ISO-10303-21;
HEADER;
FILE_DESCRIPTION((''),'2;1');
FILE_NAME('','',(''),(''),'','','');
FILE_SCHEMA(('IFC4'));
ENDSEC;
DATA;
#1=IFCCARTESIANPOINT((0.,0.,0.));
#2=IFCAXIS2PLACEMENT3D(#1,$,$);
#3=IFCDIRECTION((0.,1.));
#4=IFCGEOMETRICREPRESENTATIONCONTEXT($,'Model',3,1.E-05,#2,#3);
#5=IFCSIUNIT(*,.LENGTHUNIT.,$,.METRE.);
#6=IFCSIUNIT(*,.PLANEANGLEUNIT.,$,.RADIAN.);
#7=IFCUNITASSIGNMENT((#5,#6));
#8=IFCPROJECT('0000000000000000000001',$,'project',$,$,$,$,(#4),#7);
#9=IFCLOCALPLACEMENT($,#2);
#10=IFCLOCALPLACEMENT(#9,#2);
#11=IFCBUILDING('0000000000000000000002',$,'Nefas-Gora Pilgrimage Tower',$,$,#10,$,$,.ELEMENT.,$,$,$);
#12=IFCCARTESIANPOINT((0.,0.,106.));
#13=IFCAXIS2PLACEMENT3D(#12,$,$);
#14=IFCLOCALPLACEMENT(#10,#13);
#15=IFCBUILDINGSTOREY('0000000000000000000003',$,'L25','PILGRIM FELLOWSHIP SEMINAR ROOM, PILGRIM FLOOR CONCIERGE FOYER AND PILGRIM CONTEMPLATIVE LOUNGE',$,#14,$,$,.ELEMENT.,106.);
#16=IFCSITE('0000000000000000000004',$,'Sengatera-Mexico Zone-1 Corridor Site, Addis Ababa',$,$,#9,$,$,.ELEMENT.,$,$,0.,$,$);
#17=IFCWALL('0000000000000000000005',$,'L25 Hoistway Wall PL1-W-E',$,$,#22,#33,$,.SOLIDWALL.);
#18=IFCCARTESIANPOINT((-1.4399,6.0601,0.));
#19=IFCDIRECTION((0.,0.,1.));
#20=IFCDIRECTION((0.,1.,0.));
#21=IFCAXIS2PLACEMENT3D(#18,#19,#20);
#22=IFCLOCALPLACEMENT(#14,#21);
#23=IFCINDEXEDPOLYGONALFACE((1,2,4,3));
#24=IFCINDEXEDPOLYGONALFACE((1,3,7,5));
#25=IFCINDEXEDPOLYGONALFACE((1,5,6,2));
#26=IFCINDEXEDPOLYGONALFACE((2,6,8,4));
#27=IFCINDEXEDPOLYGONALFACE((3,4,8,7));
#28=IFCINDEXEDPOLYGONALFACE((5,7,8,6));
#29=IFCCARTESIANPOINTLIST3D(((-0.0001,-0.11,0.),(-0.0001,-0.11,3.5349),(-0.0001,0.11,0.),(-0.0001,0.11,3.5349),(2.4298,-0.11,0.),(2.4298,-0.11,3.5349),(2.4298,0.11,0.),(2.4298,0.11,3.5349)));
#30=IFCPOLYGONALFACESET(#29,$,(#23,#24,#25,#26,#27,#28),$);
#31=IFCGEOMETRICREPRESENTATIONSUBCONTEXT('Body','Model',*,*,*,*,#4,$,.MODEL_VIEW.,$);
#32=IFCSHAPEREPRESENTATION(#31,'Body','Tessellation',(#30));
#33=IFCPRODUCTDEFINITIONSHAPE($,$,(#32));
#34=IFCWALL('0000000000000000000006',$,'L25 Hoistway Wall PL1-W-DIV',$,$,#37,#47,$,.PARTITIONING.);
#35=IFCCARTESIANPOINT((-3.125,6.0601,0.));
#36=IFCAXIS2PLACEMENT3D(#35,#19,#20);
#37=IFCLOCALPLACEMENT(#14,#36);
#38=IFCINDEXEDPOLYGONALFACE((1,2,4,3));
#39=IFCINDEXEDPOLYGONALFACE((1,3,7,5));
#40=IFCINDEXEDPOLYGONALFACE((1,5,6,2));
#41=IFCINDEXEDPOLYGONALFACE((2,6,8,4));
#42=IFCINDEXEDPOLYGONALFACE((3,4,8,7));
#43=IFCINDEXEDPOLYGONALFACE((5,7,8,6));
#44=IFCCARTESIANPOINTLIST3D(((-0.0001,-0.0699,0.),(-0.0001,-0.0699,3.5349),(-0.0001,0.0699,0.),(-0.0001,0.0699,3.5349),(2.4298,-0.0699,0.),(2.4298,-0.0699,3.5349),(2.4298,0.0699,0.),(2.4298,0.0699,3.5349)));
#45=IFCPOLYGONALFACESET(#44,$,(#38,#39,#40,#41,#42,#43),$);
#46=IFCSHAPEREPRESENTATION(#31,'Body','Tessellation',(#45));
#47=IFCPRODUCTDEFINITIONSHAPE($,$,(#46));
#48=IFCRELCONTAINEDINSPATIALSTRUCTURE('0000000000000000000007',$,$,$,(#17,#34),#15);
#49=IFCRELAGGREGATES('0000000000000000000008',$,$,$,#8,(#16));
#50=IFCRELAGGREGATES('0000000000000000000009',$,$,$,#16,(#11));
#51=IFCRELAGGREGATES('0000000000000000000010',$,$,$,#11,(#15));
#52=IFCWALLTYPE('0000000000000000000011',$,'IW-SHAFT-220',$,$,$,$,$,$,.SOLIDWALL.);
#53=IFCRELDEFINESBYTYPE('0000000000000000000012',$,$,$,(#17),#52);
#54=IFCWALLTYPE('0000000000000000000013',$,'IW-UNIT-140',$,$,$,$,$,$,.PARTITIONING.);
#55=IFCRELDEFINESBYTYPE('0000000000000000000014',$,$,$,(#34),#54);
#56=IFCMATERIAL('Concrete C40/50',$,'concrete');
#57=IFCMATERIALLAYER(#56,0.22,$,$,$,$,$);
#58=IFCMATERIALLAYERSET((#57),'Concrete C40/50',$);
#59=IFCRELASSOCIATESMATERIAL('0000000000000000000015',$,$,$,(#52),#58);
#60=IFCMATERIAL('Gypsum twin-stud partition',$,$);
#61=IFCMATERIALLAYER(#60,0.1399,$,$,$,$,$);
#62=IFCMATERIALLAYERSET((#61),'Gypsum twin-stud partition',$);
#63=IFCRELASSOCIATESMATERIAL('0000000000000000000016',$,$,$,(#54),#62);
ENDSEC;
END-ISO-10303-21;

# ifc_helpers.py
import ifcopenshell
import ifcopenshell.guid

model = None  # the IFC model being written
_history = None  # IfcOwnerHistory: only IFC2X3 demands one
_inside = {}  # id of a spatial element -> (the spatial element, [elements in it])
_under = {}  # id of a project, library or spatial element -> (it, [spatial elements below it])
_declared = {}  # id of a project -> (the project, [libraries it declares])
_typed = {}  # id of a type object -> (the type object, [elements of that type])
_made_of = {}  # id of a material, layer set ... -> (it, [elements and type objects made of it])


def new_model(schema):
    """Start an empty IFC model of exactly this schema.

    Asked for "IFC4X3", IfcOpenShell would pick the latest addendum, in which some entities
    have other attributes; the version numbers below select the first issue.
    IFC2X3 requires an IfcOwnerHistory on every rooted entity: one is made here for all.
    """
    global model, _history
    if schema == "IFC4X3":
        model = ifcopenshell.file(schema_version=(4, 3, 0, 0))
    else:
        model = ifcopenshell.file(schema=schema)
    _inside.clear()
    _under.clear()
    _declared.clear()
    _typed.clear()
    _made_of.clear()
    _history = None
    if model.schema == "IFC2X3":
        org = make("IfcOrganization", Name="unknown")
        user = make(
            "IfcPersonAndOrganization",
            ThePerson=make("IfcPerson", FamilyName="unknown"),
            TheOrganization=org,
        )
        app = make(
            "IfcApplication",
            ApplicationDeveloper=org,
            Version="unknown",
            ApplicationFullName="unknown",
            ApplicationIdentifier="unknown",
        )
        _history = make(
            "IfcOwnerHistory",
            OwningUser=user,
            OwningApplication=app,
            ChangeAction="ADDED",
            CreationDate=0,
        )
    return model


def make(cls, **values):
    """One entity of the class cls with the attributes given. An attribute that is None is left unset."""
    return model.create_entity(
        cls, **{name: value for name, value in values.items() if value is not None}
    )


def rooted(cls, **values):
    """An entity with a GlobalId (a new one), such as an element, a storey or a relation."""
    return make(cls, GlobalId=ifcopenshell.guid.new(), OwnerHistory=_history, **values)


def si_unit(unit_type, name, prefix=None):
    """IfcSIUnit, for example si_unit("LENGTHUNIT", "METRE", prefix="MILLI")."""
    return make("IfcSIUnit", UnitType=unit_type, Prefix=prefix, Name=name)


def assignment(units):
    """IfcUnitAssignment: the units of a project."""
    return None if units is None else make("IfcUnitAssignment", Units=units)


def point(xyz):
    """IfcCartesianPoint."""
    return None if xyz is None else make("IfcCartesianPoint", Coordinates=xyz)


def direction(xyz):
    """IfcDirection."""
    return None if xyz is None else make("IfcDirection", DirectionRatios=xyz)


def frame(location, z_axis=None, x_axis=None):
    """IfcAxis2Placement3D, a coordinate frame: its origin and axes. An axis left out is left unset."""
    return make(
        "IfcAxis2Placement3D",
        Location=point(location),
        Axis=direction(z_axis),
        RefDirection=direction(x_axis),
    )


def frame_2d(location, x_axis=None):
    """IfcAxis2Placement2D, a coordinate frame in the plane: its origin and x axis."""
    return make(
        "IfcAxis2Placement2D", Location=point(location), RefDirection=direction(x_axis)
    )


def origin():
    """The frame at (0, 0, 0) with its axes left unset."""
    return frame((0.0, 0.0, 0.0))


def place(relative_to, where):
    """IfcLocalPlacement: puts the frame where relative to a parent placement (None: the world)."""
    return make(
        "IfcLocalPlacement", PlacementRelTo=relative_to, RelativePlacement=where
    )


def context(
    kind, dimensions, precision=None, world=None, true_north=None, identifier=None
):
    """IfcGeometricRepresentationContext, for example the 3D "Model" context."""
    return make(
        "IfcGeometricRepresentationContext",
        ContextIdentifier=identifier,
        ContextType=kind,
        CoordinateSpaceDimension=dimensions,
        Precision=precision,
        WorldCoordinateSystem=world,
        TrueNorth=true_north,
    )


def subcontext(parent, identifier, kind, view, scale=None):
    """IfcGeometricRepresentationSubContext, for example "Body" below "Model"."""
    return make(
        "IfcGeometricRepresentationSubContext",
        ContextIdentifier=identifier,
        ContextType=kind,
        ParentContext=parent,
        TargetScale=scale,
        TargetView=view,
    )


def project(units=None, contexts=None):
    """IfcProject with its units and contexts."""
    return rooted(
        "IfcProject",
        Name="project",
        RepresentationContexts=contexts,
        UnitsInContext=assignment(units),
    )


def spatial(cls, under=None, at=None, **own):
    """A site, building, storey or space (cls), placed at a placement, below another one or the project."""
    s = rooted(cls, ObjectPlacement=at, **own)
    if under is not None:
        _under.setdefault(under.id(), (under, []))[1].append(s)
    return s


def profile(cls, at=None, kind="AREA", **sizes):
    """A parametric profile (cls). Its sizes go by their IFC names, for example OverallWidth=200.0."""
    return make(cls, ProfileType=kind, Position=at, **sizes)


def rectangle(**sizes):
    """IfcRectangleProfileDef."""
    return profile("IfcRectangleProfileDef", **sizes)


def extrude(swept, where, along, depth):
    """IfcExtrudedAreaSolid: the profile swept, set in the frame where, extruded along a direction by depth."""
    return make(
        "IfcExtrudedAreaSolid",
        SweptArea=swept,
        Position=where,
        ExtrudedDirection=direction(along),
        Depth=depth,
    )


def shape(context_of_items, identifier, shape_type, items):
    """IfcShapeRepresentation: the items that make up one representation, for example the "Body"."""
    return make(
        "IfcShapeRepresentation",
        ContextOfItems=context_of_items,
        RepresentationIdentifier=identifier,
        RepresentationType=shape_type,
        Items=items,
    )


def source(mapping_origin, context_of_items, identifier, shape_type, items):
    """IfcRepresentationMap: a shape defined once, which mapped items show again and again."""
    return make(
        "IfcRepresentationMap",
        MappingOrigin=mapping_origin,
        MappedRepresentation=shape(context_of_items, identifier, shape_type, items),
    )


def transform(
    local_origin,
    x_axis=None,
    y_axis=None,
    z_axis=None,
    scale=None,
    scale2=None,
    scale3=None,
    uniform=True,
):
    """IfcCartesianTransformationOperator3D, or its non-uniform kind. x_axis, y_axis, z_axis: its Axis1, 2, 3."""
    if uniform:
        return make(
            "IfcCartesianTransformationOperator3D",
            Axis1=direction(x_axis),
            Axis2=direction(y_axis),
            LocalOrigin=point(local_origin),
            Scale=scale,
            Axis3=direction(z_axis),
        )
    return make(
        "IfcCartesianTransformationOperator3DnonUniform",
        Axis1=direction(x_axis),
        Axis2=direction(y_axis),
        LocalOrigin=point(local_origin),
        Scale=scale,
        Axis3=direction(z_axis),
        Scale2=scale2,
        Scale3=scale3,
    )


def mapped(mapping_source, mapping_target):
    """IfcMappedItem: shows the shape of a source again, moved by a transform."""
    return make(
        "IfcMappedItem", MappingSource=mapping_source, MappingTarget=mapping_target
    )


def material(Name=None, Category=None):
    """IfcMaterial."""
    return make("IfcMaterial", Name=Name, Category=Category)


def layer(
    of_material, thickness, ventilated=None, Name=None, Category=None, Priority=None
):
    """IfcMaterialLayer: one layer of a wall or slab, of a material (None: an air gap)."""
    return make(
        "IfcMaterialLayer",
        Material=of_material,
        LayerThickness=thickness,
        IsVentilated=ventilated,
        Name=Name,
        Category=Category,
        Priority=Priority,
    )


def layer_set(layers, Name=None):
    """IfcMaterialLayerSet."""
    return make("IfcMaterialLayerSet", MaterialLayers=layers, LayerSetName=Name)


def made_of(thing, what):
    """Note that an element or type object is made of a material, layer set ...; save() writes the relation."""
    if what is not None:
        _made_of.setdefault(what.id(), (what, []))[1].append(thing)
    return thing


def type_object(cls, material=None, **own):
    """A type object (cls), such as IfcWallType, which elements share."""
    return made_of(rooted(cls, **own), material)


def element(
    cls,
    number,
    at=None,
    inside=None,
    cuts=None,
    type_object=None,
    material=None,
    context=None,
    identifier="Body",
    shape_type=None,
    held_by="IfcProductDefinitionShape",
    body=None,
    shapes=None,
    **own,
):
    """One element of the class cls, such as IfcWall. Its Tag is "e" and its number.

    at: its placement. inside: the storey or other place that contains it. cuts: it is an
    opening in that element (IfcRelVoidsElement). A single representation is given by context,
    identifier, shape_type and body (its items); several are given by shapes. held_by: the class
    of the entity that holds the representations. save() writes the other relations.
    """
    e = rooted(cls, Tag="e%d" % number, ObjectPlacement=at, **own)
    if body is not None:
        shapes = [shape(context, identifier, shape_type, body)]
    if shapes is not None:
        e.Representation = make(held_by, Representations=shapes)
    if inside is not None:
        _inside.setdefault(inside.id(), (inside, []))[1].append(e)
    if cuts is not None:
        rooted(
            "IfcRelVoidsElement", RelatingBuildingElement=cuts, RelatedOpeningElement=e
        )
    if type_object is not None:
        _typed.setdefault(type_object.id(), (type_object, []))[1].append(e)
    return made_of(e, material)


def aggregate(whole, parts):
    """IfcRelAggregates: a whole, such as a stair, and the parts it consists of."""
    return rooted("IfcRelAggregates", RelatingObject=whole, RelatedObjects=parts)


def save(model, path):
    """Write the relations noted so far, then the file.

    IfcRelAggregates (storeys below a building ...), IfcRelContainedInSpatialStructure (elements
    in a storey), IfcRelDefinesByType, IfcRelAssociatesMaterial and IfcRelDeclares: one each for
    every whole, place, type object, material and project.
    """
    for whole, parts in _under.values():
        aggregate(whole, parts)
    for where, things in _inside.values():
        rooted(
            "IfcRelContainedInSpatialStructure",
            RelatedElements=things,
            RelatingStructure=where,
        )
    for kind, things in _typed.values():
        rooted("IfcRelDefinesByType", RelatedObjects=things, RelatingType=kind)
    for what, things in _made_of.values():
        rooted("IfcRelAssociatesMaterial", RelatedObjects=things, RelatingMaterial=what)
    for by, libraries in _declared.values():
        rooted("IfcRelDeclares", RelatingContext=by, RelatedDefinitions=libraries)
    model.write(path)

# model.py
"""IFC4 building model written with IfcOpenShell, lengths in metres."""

from ifc_helpers import new_model, si_unit, direction, frame, frame_2d, origin, place, context, subcontext, project, spatial, rectangle, extrude, source, transform, mapped, material, layer, layer_set, type_object, element, save


model = new_model("IFC4")

# Units and contexts
model_context = context("Model", 3, precision=1e-05, world=origin(), true_north=direction((0.0, 1.0)))
body_context = subcontext(model_context, "Body", "Model", "MODEL_VIEW")
ifc_project = project(units=[si_unit("LENGTHUNIT", "METRE"), si_unit("PLANEANGLEUNIT", "RADIAN")], contexts=[model_context])

# Site, building, storey
site_placement = place(None, origin())
site = spatial("IfcSite", under=ifc_project, at=site_placement, Name="Sengatera-Mexico Zone-1 Corridor Site, Addis Ababa", CompositionType="ELEMENT", RefElevation=0.0)
building_placement = place(site_placement, origin())
building = spatial("IfcBuilding", under=site, at=building_placement, Name="Nefas-Gora Pilgrimage Tower", CompositionType="ELEMENT")
storey_placement = place(building_placement, frame((0.0, 0.0, 106.0)))
storey = spatial("IfcBuildingStorey", under=building, at=storey_placement, Name="L25", Description="PILGRIM FELLOWSHIP SEMINAR ROOM, PILGRIM FLOOR CONCIERGE FOYER AND PILGRIM CONTEMPLATIVE LOUNGE", CompositionType="ELEMENT", Elevation=106.0)

# Shared definitions
ifc_material_1 = material(Name="Concrete C40/50", Category="concrete")

# Shared definitions
ifc_layer_1 = layer(ifc_material_1, 0.22)
ifc_layer_set_1 = layer_set([ifc_layer_1], Name="Concrete C40/50")
wall_type_1 = type_object("IfcWallType", Name="IW-SHAFT-220", PredefinedType="SOLIDWALL", material=ifc_layer_set_1)

# Walls
shared_shape_1 = source(origin(), body_context, "Body", "SweptSolid", [
    extrude(rectangle(XDim=2.4299, YDim=0.22, at=frame_2d((1.2148, 0.0))), origin(), (0.0, 0.0, 1.0), 3.5349),
])
for number, where, z_axis, x_axis, name in (
    (1, (-1.4399, 6.0601, 0.0), (0.0, 0.0, 1.0), (0.0, 1.0, 0.0), "L25 Hoistway Wall PL1-W-E"),
):
    element("IfcWall", number, at=place(storey_placement, frame(where, z_axis=z_axis, x_axis=x_axis)), inside=storey, type_object=wall_type_1, Name=name, PredefinedType="SOLIDWALL", context=body_context, shape_type="MappedRepresentation", body=[
        mapped(shared_shape_1, transform((0.0, 0.0, 0.0), x_axis=(1.0, 0.0, 0.0), y_axis=(0.0, 1.0, 0.0), z_axis=(0.0, 0.0, 1.0), scale=1.0)),
    ])
ifc_material_2 = material(Name="Gypsum twin-stud partition")
ifc_layer_2 = layer(ifc_material_2, 0.1399)
ifc_layer_set_2 = layer_set([ifc_layer_2], Name="Gypsum twin-stud partition")
wall_type_2 = type_object("IfcWallType", Name="IW-UNIT-140", PredefinedType="PARTITIONING", material=ifc_layer_set_2)
shared_shape_2 = source(origin(), body_context, "Body", "SweptSolid", [
    extrude(rectangle(XDim=2.4299, YDim=0.1399, at=frame_2d((1.2148, 0.0))), origin(), (0.0, 0.0, 1.0), 3.5349),
])
wall_1_placement = place(storey_placement, frame((-3.125, 6.0601, 0.0), z_axis=(0.0, 0.0, 1.0), x_axis=(0.0, 1.0, 0.0)))
element("IfcWall", 2, at=wall_1_placement, inside=storey, type_object=wall_type_2, Name="L25 Hoistway Wall PL1-W-DIV", PredefinedType="PARTITIONING", context=body_context, shape_type="MappedRepresentation", body=[
    mapped(shared_shape_2, transform((0.0, 0.0, 0.0), x_axis=(1.0, 0.0, 0.0), y_axis=(0.0, 1.0, 0.0), z_axis=(0.0, 0.0, 1.0), scale=1.0)),
])

save(model, "model.ifc")
